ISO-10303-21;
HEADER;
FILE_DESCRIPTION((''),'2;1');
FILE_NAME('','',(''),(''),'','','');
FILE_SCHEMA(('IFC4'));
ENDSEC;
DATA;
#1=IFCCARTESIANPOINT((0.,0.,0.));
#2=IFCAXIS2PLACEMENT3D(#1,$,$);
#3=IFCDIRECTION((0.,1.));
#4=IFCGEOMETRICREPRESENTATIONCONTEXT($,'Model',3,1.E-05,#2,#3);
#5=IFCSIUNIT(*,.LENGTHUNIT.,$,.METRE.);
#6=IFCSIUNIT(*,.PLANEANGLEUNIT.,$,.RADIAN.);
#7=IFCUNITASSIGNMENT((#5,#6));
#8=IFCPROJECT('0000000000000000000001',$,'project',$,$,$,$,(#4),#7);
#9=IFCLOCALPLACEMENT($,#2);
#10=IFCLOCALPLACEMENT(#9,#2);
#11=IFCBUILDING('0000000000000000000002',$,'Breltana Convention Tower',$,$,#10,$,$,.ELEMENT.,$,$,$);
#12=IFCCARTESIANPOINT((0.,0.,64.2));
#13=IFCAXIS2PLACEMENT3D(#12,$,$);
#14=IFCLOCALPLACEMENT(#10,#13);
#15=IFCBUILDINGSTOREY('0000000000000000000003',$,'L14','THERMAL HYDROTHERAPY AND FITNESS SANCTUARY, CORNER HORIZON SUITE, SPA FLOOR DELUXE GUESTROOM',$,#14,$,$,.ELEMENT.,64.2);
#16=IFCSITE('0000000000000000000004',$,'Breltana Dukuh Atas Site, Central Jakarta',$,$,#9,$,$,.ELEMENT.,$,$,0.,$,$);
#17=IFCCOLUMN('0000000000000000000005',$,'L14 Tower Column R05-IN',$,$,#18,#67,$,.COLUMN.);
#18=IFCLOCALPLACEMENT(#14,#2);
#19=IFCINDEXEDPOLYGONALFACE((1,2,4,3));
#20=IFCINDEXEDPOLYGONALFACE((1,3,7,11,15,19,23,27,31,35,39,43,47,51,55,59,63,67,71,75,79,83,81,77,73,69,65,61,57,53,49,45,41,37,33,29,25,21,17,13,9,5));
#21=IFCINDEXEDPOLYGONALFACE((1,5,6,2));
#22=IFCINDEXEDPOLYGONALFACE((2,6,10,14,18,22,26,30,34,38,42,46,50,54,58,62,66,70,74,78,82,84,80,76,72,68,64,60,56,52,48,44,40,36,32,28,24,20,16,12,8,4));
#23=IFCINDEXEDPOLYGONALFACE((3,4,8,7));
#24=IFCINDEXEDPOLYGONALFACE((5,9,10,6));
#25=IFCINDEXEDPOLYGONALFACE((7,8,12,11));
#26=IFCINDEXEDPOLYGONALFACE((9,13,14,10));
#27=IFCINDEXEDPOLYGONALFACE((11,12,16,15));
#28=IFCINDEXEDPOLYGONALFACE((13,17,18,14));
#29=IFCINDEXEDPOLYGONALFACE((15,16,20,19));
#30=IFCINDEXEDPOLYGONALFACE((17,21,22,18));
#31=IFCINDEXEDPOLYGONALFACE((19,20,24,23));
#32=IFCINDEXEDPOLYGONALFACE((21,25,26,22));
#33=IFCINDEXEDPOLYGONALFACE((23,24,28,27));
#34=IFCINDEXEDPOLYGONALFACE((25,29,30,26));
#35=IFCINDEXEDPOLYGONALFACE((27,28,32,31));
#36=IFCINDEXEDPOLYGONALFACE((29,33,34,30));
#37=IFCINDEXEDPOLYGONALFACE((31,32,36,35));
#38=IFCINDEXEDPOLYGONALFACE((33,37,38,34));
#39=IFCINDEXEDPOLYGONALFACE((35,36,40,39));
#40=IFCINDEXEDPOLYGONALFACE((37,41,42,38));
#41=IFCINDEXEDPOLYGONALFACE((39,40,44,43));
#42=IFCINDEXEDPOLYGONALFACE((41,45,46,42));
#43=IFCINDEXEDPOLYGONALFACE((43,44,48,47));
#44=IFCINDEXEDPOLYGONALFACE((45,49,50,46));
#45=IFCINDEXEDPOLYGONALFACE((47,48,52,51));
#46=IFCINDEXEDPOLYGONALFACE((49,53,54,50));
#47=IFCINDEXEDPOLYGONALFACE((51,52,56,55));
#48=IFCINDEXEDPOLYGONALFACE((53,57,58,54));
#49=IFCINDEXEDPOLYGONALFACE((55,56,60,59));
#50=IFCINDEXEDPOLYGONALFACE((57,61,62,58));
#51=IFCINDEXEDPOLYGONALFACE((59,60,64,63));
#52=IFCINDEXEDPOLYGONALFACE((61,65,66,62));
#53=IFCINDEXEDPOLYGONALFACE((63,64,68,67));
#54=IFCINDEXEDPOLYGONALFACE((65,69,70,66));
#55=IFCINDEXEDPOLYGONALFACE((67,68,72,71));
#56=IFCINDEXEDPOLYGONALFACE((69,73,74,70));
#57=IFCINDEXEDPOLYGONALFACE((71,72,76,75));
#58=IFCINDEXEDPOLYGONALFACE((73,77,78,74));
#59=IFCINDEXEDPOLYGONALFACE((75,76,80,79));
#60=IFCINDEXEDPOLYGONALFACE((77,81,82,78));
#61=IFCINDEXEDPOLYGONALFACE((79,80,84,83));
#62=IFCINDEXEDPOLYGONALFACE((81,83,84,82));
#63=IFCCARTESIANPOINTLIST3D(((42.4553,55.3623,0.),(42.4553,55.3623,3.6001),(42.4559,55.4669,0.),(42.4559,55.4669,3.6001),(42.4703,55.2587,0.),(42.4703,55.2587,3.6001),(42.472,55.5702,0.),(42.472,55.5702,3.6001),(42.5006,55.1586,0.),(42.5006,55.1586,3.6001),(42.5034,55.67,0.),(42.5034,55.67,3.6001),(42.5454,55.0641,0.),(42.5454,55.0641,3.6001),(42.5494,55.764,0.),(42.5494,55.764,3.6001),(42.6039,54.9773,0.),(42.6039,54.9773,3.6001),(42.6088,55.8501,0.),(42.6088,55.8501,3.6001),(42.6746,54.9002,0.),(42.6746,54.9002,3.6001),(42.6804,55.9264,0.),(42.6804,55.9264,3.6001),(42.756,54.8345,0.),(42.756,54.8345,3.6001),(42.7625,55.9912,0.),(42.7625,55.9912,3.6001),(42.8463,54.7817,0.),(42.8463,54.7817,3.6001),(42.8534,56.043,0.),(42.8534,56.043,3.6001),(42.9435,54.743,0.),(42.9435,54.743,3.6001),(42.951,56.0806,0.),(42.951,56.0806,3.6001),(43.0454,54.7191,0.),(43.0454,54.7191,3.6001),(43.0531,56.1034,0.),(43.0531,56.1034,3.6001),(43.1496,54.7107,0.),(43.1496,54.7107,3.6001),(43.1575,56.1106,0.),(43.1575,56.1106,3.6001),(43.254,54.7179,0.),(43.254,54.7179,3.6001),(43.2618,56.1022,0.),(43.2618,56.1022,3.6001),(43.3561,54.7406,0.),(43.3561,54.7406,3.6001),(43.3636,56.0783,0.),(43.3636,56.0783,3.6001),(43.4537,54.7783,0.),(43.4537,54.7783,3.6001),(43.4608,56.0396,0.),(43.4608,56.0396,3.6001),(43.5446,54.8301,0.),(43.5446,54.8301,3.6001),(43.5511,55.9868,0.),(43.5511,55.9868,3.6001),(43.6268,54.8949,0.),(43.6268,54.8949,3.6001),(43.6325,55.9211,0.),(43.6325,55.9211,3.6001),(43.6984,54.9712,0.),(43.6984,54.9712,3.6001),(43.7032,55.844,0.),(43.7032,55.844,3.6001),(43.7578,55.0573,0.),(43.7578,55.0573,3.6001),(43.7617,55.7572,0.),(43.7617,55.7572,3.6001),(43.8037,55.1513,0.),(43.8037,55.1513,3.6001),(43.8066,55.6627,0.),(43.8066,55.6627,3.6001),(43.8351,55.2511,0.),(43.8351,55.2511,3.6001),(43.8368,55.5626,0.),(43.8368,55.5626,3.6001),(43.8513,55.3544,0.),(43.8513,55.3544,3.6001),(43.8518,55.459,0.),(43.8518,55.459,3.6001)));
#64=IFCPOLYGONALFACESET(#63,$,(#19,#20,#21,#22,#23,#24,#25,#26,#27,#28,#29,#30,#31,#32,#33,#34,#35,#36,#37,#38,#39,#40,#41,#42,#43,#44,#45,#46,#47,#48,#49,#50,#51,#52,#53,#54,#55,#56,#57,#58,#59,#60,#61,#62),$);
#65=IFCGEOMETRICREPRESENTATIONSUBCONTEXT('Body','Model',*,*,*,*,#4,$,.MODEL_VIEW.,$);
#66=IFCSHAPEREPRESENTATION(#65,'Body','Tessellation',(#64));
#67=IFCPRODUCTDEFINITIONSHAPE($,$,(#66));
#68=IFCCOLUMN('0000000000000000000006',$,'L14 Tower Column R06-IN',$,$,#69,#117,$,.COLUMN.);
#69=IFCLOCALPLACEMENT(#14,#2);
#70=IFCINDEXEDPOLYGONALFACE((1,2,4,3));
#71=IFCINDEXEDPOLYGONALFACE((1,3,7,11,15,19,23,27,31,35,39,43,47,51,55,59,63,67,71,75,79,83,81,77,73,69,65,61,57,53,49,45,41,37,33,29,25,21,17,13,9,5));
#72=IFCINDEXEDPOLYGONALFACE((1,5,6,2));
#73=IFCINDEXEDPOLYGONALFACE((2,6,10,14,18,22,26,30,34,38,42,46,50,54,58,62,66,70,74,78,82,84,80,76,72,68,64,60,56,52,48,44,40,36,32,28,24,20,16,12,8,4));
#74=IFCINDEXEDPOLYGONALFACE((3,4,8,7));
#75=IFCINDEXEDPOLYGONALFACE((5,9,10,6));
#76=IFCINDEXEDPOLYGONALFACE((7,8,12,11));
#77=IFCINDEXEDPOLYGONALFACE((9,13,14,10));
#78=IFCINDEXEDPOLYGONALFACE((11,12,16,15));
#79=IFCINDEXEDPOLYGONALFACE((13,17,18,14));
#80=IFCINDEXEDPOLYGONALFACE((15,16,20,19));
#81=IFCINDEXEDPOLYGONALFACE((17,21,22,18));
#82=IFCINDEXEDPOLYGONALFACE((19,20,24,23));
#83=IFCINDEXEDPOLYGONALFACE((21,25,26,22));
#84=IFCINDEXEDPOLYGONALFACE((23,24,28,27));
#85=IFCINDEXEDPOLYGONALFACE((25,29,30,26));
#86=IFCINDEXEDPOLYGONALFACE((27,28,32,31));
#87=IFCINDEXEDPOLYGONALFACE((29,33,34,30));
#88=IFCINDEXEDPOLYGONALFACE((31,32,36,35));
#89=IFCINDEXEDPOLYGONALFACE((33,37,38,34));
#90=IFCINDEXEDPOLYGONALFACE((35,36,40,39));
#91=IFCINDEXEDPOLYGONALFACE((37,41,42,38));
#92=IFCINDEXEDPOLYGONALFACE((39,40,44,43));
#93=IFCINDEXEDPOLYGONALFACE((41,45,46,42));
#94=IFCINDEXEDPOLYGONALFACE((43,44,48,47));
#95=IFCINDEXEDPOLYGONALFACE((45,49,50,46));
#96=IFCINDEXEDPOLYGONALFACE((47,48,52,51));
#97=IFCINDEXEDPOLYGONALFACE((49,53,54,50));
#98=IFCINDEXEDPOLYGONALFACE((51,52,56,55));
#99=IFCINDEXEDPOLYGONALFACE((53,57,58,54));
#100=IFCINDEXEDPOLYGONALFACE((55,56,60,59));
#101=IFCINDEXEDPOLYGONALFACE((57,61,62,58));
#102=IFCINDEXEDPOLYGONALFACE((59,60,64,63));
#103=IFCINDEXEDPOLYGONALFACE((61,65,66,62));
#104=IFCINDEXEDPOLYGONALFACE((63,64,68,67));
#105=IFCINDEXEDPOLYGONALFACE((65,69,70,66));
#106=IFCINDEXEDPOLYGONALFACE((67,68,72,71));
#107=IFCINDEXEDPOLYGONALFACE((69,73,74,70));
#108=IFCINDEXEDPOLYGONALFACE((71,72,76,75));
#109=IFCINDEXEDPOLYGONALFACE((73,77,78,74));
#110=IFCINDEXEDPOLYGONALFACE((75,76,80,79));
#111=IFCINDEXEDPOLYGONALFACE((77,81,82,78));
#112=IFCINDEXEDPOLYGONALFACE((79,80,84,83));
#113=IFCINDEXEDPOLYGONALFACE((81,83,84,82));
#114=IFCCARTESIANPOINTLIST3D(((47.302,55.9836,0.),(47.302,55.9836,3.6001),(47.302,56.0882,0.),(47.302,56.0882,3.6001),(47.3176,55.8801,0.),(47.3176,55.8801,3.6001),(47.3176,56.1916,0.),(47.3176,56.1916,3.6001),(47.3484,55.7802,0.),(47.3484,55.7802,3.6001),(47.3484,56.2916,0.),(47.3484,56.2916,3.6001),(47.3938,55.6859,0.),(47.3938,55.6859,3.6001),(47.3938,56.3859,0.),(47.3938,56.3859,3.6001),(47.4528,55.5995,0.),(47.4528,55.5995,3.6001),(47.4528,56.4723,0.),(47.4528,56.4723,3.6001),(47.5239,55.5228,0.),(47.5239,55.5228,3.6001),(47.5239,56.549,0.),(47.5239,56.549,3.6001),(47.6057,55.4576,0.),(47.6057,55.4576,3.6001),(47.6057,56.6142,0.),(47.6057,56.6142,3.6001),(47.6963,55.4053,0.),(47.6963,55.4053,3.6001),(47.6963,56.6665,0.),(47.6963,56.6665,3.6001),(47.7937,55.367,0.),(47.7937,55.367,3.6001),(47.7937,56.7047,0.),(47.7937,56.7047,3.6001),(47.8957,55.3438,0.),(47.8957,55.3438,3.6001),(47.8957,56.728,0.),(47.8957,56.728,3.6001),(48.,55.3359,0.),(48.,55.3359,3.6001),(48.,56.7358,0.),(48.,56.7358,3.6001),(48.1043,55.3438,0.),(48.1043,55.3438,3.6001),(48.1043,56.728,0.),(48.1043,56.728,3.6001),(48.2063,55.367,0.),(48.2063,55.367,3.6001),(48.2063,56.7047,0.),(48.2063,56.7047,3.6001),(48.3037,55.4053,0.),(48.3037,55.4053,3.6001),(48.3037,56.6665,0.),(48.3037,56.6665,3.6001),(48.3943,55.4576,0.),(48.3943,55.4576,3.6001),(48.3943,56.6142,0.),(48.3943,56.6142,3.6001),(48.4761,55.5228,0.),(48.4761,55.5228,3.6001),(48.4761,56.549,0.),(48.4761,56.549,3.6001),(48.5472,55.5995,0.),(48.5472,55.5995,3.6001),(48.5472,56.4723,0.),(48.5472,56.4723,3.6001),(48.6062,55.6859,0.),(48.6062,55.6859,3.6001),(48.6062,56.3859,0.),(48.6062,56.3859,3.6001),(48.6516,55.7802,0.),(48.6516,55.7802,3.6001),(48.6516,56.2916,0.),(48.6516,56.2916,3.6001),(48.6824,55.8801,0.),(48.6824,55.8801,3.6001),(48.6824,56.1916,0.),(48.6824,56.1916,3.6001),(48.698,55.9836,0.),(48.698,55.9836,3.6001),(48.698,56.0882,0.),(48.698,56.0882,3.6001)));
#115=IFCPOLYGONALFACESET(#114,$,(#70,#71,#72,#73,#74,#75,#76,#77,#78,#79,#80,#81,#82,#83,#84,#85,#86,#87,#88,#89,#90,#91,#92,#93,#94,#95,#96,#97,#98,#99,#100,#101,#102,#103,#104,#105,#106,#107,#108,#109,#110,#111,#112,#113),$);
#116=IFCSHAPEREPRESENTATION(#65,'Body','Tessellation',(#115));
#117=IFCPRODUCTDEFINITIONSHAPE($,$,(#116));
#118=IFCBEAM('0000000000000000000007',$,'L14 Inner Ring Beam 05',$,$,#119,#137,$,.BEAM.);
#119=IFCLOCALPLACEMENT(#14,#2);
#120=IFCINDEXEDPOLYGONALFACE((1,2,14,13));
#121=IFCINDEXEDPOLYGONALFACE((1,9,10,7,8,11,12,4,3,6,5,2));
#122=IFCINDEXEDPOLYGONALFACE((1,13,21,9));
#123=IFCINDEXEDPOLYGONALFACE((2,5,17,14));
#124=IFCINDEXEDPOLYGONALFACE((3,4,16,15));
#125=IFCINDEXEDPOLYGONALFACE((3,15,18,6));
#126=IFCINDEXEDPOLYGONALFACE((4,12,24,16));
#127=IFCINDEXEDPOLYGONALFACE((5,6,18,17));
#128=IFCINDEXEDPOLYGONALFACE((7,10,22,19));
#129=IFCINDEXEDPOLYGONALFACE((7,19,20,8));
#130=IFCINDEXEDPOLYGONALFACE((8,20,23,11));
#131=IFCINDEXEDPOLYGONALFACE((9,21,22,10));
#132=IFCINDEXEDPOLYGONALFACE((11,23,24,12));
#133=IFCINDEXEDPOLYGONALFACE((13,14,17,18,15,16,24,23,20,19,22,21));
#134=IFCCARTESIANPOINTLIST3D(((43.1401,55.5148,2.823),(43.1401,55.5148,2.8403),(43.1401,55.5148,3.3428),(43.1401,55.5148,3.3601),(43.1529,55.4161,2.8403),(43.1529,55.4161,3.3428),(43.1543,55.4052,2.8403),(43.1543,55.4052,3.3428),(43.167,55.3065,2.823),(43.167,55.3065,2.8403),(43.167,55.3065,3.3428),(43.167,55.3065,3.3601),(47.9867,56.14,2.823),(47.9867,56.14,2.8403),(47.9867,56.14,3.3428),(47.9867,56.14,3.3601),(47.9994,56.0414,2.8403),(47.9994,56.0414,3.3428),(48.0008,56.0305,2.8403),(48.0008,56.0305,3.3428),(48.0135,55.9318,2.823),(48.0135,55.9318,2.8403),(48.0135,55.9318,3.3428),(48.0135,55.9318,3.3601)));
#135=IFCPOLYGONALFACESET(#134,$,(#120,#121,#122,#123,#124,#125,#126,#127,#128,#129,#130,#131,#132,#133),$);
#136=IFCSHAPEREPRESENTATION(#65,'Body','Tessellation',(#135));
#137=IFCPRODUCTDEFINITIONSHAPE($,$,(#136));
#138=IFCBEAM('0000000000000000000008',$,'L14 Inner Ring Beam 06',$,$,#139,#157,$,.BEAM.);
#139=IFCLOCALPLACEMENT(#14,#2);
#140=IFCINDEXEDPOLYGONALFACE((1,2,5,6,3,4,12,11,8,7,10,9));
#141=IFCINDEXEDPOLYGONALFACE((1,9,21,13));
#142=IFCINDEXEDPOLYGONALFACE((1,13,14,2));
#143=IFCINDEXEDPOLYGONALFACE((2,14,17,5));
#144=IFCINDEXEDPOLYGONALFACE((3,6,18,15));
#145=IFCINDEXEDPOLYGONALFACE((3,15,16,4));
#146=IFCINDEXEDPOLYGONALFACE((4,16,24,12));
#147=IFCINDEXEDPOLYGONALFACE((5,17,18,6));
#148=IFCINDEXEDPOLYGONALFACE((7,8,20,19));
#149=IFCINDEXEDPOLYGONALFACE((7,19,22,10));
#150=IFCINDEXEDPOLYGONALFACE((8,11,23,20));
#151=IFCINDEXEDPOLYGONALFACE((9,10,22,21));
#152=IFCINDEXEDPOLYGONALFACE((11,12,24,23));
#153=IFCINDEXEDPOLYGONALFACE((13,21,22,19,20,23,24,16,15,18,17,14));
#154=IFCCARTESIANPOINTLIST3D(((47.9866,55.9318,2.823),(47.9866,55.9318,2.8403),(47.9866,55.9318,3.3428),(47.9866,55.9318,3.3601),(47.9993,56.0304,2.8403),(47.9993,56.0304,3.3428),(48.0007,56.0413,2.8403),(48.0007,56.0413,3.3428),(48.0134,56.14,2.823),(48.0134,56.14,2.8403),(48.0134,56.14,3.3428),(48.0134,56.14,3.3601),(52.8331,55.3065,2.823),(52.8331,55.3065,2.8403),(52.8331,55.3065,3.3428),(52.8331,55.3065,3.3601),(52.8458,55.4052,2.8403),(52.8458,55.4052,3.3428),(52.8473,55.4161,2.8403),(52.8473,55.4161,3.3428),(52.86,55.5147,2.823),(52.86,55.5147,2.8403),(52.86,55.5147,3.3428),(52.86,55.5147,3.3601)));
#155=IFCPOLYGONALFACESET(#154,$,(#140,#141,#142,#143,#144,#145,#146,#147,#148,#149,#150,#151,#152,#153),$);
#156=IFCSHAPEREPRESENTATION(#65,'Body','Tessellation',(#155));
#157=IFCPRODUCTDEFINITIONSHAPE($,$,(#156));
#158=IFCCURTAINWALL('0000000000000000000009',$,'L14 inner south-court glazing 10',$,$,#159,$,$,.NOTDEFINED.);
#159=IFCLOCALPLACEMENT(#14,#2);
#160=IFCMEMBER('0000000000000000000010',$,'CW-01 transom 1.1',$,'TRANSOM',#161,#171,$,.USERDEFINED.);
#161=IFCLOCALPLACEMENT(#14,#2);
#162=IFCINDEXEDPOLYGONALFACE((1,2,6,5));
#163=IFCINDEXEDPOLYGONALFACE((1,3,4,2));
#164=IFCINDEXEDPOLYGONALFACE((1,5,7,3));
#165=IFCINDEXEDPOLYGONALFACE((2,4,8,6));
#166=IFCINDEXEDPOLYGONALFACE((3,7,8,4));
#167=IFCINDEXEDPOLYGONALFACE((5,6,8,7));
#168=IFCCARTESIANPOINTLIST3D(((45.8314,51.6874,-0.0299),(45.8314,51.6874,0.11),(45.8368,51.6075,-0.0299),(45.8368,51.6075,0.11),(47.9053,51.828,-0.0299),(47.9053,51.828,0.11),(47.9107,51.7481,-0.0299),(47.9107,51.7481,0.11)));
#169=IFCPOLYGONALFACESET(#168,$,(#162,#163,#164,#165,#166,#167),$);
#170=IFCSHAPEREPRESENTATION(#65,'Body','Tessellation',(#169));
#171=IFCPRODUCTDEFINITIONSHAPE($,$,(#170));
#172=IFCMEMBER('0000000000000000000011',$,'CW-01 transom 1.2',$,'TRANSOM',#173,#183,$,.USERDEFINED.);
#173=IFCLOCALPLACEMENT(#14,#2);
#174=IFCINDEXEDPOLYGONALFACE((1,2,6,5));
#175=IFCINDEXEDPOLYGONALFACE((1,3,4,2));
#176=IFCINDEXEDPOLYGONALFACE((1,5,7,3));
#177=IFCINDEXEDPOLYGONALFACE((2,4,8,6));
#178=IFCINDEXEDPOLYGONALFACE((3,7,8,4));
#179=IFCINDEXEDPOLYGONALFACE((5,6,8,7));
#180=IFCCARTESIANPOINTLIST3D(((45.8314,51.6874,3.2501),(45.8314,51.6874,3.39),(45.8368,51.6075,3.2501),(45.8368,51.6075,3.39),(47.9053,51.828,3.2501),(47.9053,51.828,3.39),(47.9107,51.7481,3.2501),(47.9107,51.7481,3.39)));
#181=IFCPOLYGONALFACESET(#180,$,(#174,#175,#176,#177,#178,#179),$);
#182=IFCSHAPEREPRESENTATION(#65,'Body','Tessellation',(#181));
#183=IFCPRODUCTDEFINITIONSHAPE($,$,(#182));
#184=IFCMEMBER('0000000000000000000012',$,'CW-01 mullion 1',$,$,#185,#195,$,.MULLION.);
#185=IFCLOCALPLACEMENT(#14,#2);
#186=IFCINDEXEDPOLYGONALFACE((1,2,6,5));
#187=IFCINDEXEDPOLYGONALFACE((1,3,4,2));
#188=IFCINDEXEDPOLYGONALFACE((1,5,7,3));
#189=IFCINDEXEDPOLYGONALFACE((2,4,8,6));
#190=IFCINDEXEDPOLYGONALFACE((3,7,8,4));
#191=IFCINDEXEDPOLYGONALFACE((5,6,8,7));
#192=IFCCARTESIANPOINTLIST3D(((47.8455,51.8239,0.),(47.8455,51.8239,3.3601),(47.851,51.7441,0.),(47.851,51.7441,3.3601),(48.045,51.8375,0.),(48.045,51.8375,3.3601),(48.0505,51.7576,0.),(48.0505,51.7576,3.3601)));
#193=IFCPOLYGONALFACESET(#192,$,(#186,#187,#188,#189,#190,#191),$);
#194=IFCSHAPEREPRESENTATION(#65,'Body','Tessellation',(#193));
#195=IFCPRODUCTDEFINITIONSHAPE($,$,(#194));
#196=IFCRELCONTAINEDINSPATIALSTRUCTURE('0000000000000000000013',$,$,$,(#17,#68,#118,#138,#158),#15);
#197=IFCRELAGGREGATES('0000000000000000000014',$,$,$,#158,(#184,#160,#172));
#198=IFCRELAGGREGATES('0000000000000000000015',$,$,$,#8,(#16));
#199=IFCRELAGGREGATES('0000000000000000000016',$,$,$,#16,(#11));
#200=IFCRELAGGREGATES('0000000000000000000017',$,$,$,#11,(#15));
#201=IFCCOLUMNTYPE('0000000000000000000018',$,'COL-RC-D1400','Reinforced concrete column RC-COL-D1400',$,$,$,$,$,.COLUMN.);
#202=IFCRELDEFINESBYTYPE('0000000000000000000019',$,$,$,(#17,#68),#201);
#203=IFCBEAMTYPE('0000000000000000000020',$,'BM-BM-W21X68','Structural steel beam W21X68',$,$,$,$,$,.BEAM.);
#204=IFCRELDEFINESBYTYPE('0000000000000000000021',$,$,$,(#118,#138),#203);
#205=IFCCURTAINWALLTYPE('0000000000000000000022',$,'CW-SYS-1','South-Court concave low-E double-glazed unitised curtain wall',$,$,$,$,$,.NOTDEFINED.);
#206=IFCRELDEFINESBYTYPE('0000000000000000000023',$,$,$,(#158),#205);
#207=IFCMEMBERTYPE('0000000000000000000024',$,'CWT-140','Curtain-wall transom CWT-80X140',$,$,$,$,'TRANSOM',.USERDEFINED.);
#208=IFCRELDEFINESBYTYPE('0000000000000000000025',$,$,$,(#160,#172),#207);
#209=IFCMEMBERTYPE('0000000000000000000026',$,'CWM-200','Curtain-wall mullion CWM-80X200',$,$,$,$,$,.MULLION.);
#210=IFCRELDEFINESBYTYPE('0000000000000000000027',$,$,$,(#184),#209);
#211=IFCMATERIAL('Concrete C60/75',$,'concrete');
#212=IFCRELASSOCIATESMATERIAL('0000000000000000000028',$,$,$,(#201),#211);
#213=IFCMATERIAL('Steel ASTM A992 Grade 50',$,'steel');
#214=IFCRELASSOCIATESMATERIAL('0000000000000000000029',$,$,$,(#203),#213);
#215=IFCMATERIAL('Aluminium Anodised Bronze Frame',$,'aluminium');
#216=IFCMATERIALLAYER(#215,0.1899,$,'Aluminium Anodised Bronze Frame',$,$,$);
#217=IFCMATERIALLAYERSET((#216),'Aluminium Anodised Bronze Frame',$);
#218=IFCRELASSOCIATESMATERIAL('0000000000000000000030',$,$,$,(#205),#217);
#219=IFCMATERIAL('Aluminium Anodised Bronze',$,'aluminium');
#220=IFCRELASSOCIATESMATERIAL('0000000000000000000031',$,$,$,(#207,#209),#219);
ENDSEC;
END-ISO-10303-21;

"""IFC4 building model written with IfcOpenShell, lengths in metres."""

from ifc_helpers import new_model, si_unit, direction, frame, origin, origin_2d, place, context, subcontext, project, spatial, rectangle, circle, i_section, extrude, source, transform, mapped, material, layer, layer_set, material_profile, profile_set, type_object, element, aggregate, save


model = new_model("IFC4")

# Units and contexts
model_context = context("Model", 3, precision=1e-05, world=origin(), true_north=direction((0.0, 1.0)))
body_context = subcontext(model_context, "Body", "Model", "MODEL_VIEW")
ifc_project = project(units=[si_unit("LENGTHUNIT", "METRE"), si_unit("PLANEANGLEUNIT", "RADIAN")], contexts=[model_context])

# Site, building, storey
site_placement = place(None, origin())
site = spatial("IfcSite", under=ifc_project, at=site_placement, Name="Breltana Dukuh Atas Site, Central Jakarta", CompositionType="ELEMENT", RefElevation=0.0)
building_placement = place(site_placement, origin())
building = spatial("IfcBuilding", under=site, at=building_placement, Name="Breltana Convention Tower", CompositionType="ELEMENT")
storey_placement = place(building_placement, frame((0.0, 0.0, 64.2)))
storey = spatial("IfcBuildingStorey", under=building, at=storey_placement, Name="L14", Description="THERMAL HYDROTHERAPY AND FITNESS SANCTUARY, CORNER HORIZON SUITE, SPA FLOOR DELUXE GUESTROOM", CompositionType="ELEMENT", Elevation=64.2)

# Columns
ifc_material_1 = material(Name="Concrete C60/75", Category="concrete")
ifc_material_profile_1 = material_profile(ifc_material_1, circle(Radius=0.7, at=origin_2d()), Name="RC-COL-D1400")
ifc_profile_set_1 = profile_set([ifc_material_profile_1], Name="Concrete C60/75")
column_type = type_object("IfcColumnType", Name="COL-RC-D1400", Description="Reinforced concrete column RC-COL-D1400", PredefinedType="COLUMN", material=ifc_profile_set_1)
shared_shape_1 = source(origin(), body_context, "Body", "SweptSolid", [
    extrude(circle(Radius=0.7, at=origin_2d()), origin(), (0.0, 0.0, 1.0), 3.6001),
])
for number, where, z_axis, x_axis, name in (
    (1, (43.1536, 55.4106, 0.0), (0.0, 0.0, 1.0), (-0.143493, 0.989651, 0.0), "L14 Tower Column R05-IN"),
    (2, (48.0, 56.0359, 0.0), (0.0, 0.0, 1.0), (0.0, 1.0, 0.0), "L14 Tower Column R06-IN"),
):
    element("IfcColumn", number, at=place(storey_placement, frame(where, z_axis=z_axis, x_axis=x_axis)), inside=storey, type_object=column_type, Name=name, PredefinedType="COLUMN", context=body_context, shape_type="MappedRepresentation", body=[
        mapped(shared_shape_1, transform((0.0, 0.0, 0.0), scale=1.0)),
    ])

# Beams
ifc_material_2 = material(Name="Steel ASTM A992 Grade 50", Category="steel")
ifc_material_profile_2 = material_profile(ifc_material_2, i_section(OverallWidth=0.21, OverallDepth=0.5371, WebThickness=0.011, FlangeThickness=0.0173, at=origin_2d()), Name="W21X68")
ifc_profile_set_2 = profile_set([ifc_material_profile_2], Name="Steel ASTM A992 Grade 50")
beam_type = type_object("IfcBeamType", Name="BM-BM-W21X68", Description="Structural steel beam W21X68", PredefinedType="BEAM", material=ifc_profile_set_2)
shared_shape_2 = source(origin(), body_context, "Body", "SweptSolid", [
    extrude(i_section(OverallWidth=0.21, OverallDepth=0.5371, WebThickness=0.011, FlangeThickness=0.0173, at=origin_2d()), origin(), (0.0, 0.0, 1.0), 4.8867),
])
for number, where, z_axis, x_axis, name in (
    (3, (43.1536, 55.4106, 3.0916), (0.991781, 0.127951, 0.0), (-0.127951, 0.991781, 0.0), "L14 Inner Ring Beam 05"),
    (4, (48.0, 56.0359, 3.0916), (0.991781, -0.127951, 0.0), (0.127951, 0.991781, 0.0), "L14 Inner Ring Beam 06"),
):
    element("IfcBeam", number, at=place(storey_placement, frame(where, z_axis=z_axis, x_axis=x_axis)), inside=storey, type_object=beam_type, Name=name, PredefinedType="BEAM", context=body_context, shape_type="MappedRepresentation", body=[
        mapped(shared_shape_2, transform((0.0, 0.0, 0.0), scale=1.0)),
    ])

# Curtain wall, members
ifc_material_3 = material(Name="Aluminium Anodised Bronze Frame", Category="aluminium")
ifc_layer_1 = layer(ifc_material_3, 0.1899, Name="Aluminium Anodised Bronze Frame")
ifc_layer_set_1 = layer_set([ifc_layer_1], Name="Aluminium Anodised Bronze Frame")
curtain_wall_type = type_object("IfcCurtainWallType", Name="CW-SYS-1", Description="South-Court concave low-E double-glazed unitised curtain wall", PredefinedType="NOTDEFINED", material=ifc_layer_set_1)
curtain_wall_1_placement = place(storey_placement, origin())
curtain_wall_1 = element("IfcCurtainWall", 5, at=curtain_wall_1_placement, inside=storey, type_object=curtain_wall_type, Name="L14 inner south-court glazing 10", PredefinedType="NOTDEFINED")
ifc_material_4 = material(Name="Aluminium Anodised Bronze", Category="aluminium")
ifc_material_profile_3 = material_profile(ifc_material_4, rectangle(XDim=0.0801, YDim=0.1399, at=origin_2d()), Name="CWT-80X140")
ifc_profile_set_3 = profile_set([ifc_material_profile_3], Name="Aluminium Anodised Bronze")
member_type_1 = type_object("IfcMemberType", Name="CWT-140", Description="Curtain-wall transom CWT-80X140", ElementType="TRANSOM", PredefinedType="USERDEFINED", material=ifc_profile_set_3)
shared_shape_3 = source(origin(), body_context, "Body", "SweptSolid", [
    extrude(rectangle(XDim=0.0801, YDim=0.1399, at=origin_2d()), origin(), (0.0, 0.0, 1.0), 2.0786),
])
member_1_placement = place(storey_placement, frame((47.908, 51.7881, 0.04), z_axis=(-0.997709, -0.067657, 0.0), x_axis=(0.067657, -0.997709, 0.0)))
member_1 = element("IfcMember", 6, at=member_1_placement, type_object=member_type_1, Name="CW-01 transom 1.1", ObjectType="TRANSOM", PredefinedType="USERDEFINED", context=body_context, shape_type="MappedRepresentation", body=[
    mapped(shared_shape_3, transform((0.0, 0.0, 0.0), scale=1.0)),
])
member_2_placement = place(storey_placement, frame((47.908, 51.7881, 3.3201), z_axis=(-0.997709, -0.067657, 0.0), x_axis=(0.067657, -0.997709, 0.0)))
member_2 = element("IfcMember", 7, at=member_2_placement, type_object=member_type_1, Name="CW-01 transom 1.2", ObjectType="TRANSOM", PredefinedType="USERDEFINED", context=body_context, shape_type="MappedRepresentation", body=[
    mapped(shared_shape_3, transform((0.0, 0.0, 0.0), scale=1.0)),
])
ifc_material_profile_4 = material_profile(ifc_material_4, rectangle(XDim=0.0801, YDim=0.2, at=origin_2d()), Name="CWM-80X200")
ifc_profile_set_4 = profile_set([ifc_material_profile_4], Name="Aluminium Anodised Bronze")
member_type_2 = type_object("IfcMemberType", Name="CWM-200", Description="Curtain-wall mullion CWM-80X200", PredefinedType="MULLION", material=ifc_profile_set_4)
shared_shape_4 = source(origin(), body_context, "Body", "SweptSolid", [
    extrude(rectangle(XDim=0.0801, YDim=0.2, at=origin_2d()), origin(), (0.0, 0.0, 1.0), 3.3601),
])
member_3_placement = place(storey_placement, frame((47.948, 51.7908, 0.0), z_axis=(0.0, 0.0, 1.0), x_axis=(0.067726, -0.997704, 0.0)))
member_3 = element("IfcMember", 8, at=member_3_placement, type_object=member_type_2, Name="CW-01 mullion 1", PredefinedType="MULLION", context=body_context, shape_type="MappedRepresentation", body=[
    mapped(shared_shape_4, transform((0.0, 0.0, 0.0), scale=1.0)),
])

aggregate(curtain_wall_1, [member_3, member_1, member_2])

save(model, "model.ifc")
